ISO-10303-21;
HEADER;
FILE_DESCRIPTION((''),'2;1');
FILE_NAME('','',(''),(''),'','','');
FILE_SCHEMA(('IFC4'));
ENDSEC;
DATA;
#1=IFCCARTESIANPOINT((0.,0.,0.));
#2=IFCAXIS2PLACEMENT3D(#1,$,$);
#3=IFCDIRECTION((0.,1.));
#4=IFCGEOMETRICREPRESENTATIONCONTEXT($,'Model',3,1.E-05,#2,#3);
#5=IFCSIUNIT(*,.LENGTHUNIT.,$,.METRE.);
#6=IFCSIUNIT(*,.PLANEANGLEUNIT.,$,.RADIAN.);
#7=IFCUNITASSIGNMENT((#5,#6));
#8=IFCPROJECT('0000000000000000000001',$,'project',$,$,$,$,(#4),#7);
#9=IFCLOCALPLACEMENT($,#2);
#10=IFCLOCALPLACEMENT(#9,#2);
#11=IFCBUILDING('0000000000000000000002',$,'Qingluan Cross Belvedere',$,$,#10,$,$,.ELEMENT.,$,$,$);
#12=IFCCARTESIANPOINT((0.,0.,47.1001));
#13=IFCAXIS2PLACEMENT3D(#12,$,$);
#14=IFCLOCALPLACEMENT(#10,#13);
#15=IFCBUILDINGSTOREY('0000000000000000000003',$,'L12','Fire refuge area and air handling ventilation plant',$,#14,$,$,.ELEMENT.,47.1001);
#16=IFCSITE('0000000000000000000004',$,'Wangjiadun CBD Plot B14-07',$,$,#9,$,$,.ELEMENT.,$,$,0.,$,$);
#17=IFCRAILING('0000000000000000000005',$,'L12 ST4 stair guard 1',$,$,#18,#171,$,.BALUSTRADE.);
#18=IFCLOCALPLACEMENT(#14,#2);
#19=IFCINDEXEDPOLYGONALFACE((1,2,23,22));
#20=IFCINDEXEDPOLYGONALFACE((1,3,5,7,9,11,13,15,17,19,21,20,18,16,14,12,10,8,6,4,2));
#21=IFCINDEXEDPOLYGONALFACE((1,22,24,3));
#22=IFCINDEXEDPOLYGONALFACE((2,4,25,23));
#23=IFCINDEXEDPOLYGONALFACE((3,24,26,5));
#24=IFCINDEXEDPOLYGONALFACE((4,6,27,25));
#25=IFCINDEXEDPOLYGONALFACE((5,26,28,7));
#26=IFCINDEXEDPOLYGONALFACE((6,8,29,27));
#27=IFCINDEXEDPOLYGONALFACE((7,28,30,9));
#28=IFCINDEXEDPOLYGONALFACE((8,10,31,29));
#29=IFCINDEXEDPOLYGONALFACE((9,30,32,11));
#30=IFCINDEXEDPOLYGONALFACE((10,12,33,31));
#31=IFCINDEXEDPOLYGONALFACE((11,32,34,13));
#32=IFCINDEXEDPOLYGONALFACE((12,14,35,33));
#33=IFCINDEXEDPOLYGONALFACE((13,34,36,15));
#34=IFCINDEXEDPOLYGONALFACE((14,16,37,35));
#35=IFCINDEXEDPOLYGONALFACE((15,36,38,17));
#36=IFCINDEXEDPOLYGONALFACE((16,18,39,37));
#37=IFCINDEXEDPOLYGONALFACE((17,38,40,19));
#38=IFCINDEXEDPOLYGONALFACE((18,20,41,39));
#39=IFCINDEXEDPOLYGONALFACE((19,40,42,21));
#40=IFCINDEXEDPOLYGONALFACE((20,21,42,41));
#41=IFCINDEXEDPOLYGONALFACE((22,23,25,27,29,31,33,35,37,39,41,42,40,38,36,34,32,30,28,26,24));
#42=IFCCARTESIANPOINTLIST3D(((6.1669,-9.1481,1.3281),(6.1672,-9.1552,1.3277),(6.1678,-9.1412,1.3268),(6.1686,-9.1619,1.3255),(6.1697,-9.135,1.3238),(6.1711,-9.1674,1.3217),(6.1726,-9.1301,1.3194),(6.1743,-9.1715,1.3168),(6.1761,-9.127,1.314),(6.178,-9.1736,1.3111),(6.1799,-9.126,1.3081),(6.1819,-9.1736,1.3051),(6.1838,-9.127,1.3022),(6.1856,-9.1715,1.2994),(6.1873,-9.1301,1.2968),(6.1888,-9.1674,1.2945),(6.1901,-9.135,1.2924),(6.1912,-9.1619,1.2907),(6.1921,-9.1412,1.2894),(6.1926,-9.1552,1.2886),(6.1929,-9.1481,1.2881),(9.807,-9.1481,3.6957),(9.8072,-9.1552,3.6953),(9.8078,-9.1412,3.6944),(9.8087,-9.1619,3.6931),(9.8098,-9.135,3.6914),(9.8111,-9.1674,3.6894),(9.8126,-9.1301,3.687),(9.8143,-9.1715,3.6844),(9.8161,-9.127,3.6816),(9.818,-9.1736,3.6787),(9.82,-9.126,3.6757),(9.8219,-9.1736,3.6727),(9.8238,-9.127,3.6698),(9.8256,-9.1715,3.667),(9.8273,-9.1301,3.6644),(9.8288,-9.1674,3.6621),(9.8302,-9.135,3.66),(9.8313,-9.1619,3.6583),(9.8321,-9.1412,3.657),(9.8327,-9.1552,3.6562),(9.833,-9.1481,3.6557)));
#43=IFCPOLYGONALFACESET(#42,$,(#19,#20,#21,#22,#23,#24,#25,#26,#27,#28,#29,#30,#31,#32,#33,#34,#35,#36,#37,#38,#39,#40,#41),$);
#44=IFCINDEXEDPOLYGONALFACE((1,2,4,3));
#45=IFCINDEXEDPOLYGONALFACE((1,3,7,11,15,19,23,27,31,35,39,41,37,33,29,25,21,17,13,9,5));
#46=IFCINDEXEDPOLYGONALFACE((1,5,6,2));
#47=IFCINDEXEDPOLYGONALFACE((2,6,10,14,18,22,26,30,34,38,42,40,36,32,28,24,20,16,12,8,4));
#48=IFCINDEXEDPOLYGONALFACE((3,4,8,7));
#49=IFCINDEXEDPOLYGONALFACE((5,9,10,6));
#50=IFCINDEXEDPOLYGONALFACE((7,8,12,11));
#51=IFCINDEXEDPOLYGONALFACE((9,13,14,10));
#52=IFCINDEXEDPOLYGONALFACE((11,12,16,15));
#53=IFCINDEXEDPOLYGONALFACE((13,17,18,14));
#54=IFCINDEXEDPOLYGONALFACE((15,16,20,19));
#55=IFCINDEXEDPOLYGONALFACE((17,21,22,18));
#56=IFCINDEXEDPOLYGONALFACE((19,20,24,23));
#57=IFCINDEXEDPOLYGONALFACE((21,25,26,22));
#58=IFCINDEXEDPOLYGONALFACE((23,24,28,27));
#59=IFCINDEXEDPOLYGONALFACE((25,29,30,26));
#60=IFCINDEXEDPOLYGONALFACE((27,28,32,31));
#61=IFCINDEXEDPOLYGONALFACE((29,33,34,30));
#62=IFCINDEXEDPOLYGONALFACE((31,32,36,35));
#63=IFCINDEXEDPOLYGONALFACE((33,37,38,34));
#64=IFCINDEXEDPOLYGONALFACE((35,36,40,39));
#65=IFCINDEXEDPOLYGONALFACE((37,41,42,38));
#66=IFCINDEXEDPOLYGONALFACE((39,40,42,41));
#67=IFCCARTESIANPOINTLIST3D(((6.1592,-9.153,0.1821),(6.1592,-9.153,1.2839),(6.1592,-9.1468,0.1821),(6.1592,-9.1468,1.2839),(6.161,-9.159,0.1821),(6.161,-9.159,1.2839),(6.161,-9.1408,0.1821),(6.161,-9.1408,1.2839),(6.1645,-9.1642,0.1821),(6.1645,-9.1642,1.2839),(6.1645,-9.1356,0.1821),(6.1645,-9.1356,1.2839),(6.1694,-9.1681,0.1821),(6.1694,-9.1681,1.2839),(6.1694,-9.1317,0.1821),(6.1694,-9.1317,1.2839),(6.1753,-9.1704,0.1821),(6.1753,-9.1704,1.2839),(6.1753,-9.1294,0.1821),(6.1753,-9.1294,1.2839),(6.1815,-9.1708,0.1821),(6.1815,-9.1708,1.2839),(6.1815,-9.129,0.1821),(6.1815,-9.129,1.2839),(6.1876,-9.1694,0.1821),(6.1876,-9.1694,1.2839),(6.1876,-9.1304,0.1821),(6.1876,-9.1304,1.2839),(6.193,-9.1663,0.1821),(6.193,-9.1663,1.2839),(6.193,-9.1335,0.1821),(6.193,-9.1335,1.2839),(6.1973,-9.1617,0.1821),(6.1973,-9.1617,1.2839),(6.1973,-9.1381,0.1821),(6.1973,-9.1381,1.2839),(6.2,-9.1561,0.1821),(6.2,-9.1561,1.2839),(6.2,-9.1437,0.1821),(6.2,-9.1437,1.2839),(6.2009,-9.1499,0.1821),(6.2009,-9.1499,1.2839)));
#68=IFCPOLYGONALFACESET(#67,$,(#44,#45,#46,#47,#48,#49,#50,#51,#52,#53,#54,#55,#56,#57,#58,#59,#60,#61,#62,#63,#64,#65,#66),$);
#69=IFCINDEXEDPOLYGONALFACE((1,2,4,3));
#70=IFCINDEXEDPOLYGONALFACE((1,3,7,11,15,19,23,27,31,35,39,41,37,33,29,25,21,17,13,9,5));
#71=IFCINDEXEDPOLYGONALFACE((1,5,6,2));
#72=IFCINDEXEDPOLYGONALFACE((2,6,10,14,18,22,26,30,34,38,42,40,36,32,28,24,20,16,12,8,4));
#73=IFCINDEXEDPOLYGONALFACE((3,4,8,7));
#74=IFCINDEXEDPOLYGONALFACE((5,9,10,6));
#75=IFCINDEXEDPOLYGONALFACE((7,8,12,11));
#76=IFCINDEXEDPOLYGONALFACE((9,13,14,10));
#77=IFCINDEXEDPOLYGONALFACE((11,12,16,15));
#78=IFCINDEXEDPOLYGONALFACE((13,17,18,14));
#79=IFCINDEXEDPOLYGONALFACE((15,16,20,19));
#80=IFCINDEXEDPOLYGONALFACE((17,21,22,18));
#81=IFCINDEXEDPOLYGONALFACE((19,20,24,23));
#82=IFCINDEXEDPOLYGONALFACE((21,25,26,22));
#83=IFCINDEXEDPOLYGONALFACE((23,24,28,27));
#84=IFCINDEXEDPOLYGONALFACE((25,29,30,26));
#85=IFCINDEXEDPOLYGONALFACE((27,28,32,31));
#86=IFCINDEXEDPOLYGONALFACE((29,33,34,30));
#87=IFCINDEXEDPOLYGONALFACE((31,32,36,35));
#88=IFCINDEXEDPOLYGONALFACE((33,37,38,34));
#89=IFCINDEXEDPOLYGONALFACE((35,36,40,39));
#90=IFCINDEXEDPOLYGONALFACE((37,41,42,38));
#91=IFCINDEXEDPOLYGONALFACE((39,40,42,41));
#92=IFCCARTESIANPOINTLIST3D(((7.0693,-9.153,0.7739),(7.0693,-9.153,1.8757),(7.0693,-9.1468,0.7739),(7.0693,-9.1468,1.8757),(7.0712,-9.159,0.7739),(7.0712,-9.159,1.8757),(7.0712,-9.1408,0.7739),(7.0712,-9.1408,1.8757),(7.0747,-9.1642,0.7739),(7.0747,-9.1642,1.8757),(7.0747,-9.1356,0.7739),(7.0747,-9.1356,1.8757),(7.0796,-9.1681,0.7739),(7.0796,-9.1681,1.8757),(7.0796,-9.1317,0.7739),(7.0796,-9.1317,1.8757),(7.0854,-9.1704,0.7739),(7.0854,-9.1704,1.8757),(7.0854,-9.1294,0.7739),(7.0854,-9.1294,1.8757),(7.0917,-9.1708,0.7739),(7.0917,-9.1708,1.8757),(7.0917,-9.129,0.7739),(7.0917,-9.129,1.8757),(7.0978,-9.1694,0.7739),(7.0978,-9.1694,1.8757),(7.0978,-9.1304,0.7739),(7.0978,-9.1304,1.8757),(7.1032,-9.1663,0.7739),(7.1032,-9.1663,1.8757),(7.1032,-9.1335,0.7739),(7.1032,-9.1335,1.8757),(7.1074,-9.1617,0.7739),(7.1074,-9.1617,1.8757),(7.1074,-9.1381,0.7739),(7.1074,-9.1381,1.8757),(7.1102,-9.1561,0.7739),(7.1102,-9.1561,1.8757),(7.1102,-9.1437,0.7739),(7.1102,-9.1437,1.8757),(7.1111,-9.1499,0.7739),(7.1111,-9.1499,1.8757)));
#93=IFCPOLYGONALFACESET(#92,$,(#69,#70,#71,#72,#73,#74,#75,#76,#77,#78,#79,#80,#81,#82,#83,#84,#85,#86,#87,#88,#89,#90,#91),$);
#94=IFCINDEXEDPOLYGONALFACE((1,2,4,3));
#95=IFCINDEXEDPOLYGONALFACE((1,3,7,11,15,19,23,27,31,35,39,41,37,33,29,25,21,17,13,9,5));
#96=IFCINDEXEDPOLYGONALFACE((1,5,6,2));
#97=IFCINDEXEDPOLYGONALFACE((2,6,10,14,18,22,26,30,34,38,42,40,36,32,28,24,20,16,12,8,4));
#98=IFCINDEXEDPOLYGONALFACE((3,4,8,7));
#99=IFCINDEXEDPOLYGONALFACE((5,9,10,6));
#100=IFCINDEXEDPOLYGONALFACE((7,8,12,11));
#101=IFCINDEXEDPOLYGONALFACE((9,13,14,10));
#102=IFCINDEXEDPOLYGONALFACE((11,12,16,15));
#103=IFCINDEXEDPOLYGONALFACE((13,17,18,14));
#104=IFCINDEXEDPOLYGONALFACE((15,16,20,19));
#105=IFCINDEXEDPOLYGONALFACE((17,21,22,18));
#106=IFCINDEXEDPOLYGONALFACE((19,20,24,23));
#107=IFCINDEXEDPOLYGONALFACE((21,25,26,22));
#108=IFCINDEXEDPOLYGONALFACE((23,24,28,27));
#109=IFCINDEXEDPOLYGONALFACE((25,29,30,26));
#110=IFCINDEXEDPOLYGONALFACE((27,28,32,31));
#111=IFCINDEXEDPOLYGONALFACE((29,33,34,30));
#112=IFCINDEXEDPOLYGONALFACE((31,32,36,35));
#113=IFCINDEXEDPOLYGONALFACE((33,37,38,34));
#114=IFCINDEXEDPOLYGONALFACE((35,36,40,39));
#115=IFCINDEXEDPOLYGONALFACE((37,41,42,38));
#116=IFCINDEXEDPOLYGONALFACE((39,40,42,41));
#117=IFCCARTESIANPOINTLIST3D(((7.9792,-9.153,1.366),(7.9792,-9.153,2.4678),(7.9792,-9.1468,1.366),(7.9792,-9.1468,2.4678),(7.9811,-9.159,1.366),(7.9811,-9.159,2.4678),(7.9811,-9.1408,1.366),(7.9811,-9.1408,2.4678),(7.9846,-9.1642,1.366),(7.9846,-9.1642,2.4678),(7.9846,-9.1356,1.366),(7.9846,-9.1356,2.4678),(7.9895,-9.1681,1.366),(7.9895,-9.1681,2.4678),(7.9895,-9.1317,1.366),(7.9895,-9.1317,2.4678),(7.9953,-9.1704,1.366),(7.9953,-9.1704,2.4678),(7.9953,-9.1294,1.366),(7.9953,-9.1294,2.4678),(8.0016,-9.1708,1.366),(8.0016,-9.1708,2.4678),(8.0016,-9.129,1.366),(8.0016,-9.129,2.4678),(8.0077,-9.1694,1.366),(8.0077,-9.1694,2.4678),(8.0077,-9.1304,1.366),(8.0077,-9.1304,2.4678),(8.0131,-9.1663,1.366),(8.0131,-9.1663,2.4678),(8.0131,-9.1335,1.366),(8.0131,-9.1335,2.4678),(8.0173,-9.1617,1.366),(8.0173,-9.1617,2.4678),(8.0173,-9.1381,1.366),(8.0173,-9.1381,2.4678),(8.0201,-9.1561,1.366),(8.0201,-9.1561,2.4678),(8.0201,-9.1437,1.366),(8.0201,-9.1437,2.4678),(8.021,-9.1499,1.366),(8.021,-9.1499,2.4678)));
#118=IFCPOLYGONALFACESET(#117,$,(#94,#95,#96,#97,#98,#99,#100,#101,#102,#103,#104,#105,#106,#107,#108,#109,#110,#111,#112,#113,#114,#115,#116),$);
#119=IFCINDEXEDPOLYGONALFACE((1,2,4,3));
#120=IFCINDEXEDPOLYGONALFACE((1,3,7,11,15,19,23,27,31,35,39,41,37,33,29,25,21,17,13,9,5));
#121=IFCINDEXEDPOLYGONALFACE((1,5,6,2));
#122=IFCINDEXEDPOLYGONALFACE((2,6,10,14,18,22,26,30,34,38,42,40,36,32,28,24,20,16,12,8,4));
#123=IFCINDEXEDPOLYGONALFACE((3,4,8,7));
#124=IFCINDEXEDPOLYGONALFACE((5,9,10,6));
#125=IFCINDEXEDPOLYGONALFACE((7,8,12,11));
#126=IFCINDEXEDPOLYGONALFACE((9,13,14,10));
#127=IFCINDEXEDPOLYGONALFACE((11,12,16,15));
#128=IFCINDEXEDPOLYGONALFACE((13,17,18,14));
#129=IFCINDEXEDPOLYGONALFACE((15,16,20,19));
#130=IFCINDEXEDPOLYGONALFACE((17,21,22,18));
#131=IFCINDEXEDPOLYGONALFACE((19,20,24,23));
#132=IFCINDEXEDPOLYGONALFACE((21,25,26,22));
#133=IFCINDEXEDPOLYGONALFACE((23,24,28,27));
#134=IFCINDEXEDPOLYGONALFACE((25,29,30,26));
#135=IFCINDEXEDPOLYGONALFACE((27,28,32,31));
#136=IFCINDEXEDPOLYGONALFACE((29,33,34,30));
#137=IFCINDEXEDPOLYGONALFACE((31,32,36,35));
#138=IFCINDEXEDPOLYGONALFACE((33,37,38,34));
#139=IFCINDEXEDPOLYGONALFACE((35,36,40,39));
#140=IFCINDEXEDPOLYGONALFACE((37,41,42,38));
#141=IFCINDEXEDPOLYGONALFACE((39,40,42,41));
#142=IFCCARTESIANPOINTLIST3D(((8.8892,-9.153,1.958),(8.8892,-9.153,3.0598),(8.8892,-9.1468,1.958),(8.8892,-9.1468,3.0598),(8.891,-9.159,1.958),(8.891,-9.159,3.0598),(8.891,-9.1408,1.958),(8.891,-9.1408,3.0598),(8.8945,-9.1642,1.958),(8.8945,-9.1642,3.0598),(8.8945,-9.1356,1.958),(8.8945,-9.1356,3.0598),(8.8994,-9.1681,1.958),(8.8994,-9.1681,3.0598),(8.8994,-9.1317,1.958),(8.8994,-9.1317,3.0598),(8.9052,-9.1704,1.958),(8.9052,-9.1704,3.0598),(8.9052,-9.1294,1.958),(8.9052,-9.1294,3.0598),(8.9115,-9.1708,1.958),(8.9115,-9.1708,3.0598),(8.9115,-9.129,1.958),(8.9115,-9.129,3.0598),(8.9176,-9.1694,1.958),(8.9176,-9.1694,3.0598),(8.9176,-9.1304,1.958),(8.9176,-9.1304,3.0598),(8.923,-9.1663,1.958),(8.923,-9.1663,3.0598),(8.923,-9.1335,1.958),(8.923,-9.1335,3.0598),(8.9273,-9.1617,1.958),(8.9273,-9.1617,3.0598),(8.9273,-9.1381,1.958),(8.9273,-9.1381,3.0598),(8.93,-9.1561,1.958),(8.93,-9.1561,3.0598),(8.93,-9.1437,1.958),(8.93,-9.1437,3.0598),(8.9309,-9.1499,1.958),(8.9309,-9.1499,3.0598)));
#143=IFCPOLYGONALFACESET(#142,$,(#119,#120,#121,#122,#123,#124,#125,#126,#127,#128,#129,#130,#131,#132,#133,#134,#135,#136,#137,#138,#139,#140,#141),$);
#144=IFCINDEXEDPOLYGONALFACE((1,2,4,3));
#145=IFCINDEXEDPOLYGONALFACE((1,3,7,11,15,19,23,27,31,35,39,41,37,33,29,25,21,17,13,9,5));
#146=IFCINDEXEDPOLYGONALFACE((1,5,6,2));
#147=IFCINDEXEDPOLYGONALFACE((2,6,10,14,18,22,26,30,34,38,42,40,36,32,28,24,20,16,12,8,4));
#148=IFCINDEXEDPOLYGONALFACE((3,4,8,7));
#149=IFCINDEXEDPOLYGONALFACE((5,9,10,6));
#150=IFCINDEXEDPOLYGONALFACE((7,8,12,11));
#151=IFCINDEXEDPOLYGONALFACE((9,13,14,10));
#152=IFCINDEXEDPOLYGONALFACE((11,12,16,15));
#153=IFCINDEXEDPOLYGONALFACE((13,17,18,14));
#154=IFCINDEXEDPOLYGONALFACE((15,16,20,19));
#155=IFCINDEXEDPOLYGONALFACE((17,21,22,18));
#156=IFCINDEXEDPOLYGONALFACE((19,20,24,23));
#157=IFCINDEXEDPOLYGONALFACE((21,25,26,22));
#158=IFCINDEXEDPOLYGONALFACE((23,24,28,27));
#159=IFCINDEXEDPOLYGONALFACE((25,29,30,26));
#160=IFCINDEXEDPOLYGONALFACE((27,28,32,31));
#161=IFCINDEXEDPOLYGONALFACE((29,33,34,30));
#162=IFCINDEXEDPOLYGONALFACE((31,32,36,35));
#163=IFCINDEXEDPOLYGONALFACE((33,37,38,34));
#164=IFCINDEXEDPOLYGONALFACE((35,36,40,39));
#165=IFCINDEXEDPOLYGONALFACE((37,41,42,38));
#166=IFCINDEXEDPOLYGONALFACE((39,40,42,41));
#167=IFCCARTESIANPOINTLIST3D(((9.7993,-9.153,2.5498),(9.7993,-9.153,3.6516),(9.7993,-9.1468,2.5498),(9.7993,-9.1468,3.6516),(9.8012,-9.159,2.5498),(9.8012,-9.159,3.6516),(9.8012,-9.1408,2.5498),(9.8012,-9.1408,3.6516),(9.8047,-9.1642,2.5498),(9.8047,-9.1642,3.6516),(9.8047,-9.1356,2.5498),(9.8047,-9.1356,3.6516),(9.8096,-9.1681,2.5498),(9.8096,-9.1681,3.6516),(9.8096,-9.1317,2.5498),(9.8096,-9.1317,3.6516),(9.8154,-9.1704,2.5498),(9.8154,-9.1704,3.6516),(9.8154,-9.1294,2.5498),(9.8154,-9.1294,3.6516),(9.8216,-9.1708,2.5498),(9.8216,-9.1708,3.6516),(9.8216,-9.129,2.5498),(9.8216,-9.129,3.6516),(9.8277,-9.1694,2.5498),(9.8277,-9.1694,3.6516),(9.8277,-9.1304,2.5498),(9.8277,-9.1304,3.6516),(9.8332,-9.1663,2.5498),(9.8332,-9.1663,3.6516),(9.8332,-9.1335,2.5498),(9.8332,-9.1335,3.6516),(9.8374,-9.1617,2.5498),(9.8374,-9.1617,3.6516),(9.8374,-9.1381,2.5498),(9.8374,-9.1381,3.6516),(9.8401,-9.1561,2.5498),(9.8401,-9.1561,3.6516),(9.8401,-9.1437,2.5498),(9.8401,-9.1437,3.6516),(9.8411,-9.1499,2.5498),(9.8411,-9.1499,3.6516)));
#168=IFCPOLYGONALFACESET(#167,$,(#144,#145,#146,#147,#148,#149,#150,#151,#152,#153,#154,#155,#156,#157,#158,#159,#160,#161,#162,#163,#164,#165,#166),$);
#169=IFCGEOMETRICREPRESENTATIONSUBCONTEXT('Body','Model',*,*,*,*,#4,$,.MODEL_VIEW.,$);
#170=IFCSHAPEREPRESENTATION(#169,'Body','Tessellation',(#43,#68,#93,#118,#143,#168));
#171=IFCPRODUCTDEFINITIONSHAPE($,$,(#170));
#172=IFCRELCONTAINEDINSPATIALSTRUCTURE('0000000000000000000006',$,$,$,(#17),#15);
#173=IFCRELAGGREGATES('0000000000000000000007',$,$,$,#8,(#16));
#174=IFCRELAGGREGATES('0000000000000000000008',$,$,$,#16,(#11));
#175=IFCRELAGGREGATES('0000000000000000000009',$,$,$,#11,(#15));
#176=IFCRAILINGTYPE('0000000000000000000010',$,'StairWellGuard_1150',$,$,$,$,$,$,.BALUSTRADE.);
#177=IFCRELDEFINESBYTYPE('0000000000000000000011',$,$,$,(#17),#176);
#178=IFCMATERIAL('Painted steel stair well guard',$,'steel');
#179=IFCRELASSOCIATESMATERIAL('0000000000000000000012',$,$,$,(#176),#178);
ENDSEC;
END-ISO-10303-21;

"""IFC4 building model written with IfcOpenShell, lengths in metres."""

from ifc_helpers import new_model, si_unit, direction, frame, origin, origin_2d, place, context, subcontext, project, spatial, circle, extrude, material, type_object, element, save


model = new_model("IFC4")

# Units and contexts
model_context = context("Model", 3, precision=1e-05, world=origin(), true_north=direction((0.0, 1.0)))
body_context = subcontext(model_context, "Body", "Model", "MODEL_VIEW")
ifc_project = project(units=[si_unit("LENGTHUNIT", "METRE"), si_unit("PLANEANGLEUNIT", "RADIAN")], contexts=[model_context])

# Site, building, storey
site_placement = place(None, origin())
site = spatial("IfcSite", under=ifc_project, at=site_placement, Name="Wangjiadun CBD Plot B14-07", CompositionType="ELEMENT", RefElevation=0.0)
building_placement = place(site_placement, origin())
building = spatial("IfcBuilding", under=site, at=building_placement, Name="Qingluan Cross Belvedere", CompositionType="ELEMENT")
storey_placement = place(building_placement, frame((0.0, 0.0, 47.1001)))
storey = spatial("IfcBuildingStorey", under=building, at=storey_placement, Name="L12", Description="Fire refuge area and air handling ventilation plant", CompositionType="ELEMENT", Elevation=47.1001)

# Railing
ifc_material_1 = material(Name="Painted steel stair well guard", Category="steel")
railing_type_1 = type_object("IfcRailingType", Name="StairWellGuard_1150", PredefinedType="BALUSTRADE", material=ifc_material_1)
railing_1_placement = place(storey_placement, frame((6.1799, -9.1499, 0.1821)))
element("IfcRailing", 1, at=railing_1_placement, inside=storey, type_object=railing_type_1, Name="L12 ST4 stair guard 1", PredefinedType="BALUSTRADE", context=body_context, shape_type="SweptSolid", body=[
    extrude(circle(Radius=0.0239, at=origin_2d()), frame((0.0, 0.0, 1.126), z_axis=(0.838277, 0.0, 0.545245), x_axis=(0.0, 1.0, 0.0)), (0.0, 0.0, 1.0), 4.3423),
    extrude(circle(Radius=0.021, at=origin_2d()), origin(), (0.0, 0.0, 1.0), 1.1018),
    extrude(circle(Radius=0.021, at=origin_2d()), frame((0.9102, 0.0, 0.5918)), (0.0, 0.0, 1.0), 1.1018),
    extrude(circle(Radius=0.021, at=origin_2d()), frame((1.8201, 0.0, 1.1838)), (0.0, 0.0, 1.0), 1.1018),
    extrude(circle(Radius=0.021, at=origin_2d()), frame((2.73, 0.0, 1.7759)), (0.0, 0.0, 1.0), 1.1018),
    extrude(circle(Radius=0.021, at=origin_2d()), frame((3.6401, 0.0, 2.3677)), (0.0, 0.0, 1.0), 1.1018),
])

save(model, "model.ifc")
